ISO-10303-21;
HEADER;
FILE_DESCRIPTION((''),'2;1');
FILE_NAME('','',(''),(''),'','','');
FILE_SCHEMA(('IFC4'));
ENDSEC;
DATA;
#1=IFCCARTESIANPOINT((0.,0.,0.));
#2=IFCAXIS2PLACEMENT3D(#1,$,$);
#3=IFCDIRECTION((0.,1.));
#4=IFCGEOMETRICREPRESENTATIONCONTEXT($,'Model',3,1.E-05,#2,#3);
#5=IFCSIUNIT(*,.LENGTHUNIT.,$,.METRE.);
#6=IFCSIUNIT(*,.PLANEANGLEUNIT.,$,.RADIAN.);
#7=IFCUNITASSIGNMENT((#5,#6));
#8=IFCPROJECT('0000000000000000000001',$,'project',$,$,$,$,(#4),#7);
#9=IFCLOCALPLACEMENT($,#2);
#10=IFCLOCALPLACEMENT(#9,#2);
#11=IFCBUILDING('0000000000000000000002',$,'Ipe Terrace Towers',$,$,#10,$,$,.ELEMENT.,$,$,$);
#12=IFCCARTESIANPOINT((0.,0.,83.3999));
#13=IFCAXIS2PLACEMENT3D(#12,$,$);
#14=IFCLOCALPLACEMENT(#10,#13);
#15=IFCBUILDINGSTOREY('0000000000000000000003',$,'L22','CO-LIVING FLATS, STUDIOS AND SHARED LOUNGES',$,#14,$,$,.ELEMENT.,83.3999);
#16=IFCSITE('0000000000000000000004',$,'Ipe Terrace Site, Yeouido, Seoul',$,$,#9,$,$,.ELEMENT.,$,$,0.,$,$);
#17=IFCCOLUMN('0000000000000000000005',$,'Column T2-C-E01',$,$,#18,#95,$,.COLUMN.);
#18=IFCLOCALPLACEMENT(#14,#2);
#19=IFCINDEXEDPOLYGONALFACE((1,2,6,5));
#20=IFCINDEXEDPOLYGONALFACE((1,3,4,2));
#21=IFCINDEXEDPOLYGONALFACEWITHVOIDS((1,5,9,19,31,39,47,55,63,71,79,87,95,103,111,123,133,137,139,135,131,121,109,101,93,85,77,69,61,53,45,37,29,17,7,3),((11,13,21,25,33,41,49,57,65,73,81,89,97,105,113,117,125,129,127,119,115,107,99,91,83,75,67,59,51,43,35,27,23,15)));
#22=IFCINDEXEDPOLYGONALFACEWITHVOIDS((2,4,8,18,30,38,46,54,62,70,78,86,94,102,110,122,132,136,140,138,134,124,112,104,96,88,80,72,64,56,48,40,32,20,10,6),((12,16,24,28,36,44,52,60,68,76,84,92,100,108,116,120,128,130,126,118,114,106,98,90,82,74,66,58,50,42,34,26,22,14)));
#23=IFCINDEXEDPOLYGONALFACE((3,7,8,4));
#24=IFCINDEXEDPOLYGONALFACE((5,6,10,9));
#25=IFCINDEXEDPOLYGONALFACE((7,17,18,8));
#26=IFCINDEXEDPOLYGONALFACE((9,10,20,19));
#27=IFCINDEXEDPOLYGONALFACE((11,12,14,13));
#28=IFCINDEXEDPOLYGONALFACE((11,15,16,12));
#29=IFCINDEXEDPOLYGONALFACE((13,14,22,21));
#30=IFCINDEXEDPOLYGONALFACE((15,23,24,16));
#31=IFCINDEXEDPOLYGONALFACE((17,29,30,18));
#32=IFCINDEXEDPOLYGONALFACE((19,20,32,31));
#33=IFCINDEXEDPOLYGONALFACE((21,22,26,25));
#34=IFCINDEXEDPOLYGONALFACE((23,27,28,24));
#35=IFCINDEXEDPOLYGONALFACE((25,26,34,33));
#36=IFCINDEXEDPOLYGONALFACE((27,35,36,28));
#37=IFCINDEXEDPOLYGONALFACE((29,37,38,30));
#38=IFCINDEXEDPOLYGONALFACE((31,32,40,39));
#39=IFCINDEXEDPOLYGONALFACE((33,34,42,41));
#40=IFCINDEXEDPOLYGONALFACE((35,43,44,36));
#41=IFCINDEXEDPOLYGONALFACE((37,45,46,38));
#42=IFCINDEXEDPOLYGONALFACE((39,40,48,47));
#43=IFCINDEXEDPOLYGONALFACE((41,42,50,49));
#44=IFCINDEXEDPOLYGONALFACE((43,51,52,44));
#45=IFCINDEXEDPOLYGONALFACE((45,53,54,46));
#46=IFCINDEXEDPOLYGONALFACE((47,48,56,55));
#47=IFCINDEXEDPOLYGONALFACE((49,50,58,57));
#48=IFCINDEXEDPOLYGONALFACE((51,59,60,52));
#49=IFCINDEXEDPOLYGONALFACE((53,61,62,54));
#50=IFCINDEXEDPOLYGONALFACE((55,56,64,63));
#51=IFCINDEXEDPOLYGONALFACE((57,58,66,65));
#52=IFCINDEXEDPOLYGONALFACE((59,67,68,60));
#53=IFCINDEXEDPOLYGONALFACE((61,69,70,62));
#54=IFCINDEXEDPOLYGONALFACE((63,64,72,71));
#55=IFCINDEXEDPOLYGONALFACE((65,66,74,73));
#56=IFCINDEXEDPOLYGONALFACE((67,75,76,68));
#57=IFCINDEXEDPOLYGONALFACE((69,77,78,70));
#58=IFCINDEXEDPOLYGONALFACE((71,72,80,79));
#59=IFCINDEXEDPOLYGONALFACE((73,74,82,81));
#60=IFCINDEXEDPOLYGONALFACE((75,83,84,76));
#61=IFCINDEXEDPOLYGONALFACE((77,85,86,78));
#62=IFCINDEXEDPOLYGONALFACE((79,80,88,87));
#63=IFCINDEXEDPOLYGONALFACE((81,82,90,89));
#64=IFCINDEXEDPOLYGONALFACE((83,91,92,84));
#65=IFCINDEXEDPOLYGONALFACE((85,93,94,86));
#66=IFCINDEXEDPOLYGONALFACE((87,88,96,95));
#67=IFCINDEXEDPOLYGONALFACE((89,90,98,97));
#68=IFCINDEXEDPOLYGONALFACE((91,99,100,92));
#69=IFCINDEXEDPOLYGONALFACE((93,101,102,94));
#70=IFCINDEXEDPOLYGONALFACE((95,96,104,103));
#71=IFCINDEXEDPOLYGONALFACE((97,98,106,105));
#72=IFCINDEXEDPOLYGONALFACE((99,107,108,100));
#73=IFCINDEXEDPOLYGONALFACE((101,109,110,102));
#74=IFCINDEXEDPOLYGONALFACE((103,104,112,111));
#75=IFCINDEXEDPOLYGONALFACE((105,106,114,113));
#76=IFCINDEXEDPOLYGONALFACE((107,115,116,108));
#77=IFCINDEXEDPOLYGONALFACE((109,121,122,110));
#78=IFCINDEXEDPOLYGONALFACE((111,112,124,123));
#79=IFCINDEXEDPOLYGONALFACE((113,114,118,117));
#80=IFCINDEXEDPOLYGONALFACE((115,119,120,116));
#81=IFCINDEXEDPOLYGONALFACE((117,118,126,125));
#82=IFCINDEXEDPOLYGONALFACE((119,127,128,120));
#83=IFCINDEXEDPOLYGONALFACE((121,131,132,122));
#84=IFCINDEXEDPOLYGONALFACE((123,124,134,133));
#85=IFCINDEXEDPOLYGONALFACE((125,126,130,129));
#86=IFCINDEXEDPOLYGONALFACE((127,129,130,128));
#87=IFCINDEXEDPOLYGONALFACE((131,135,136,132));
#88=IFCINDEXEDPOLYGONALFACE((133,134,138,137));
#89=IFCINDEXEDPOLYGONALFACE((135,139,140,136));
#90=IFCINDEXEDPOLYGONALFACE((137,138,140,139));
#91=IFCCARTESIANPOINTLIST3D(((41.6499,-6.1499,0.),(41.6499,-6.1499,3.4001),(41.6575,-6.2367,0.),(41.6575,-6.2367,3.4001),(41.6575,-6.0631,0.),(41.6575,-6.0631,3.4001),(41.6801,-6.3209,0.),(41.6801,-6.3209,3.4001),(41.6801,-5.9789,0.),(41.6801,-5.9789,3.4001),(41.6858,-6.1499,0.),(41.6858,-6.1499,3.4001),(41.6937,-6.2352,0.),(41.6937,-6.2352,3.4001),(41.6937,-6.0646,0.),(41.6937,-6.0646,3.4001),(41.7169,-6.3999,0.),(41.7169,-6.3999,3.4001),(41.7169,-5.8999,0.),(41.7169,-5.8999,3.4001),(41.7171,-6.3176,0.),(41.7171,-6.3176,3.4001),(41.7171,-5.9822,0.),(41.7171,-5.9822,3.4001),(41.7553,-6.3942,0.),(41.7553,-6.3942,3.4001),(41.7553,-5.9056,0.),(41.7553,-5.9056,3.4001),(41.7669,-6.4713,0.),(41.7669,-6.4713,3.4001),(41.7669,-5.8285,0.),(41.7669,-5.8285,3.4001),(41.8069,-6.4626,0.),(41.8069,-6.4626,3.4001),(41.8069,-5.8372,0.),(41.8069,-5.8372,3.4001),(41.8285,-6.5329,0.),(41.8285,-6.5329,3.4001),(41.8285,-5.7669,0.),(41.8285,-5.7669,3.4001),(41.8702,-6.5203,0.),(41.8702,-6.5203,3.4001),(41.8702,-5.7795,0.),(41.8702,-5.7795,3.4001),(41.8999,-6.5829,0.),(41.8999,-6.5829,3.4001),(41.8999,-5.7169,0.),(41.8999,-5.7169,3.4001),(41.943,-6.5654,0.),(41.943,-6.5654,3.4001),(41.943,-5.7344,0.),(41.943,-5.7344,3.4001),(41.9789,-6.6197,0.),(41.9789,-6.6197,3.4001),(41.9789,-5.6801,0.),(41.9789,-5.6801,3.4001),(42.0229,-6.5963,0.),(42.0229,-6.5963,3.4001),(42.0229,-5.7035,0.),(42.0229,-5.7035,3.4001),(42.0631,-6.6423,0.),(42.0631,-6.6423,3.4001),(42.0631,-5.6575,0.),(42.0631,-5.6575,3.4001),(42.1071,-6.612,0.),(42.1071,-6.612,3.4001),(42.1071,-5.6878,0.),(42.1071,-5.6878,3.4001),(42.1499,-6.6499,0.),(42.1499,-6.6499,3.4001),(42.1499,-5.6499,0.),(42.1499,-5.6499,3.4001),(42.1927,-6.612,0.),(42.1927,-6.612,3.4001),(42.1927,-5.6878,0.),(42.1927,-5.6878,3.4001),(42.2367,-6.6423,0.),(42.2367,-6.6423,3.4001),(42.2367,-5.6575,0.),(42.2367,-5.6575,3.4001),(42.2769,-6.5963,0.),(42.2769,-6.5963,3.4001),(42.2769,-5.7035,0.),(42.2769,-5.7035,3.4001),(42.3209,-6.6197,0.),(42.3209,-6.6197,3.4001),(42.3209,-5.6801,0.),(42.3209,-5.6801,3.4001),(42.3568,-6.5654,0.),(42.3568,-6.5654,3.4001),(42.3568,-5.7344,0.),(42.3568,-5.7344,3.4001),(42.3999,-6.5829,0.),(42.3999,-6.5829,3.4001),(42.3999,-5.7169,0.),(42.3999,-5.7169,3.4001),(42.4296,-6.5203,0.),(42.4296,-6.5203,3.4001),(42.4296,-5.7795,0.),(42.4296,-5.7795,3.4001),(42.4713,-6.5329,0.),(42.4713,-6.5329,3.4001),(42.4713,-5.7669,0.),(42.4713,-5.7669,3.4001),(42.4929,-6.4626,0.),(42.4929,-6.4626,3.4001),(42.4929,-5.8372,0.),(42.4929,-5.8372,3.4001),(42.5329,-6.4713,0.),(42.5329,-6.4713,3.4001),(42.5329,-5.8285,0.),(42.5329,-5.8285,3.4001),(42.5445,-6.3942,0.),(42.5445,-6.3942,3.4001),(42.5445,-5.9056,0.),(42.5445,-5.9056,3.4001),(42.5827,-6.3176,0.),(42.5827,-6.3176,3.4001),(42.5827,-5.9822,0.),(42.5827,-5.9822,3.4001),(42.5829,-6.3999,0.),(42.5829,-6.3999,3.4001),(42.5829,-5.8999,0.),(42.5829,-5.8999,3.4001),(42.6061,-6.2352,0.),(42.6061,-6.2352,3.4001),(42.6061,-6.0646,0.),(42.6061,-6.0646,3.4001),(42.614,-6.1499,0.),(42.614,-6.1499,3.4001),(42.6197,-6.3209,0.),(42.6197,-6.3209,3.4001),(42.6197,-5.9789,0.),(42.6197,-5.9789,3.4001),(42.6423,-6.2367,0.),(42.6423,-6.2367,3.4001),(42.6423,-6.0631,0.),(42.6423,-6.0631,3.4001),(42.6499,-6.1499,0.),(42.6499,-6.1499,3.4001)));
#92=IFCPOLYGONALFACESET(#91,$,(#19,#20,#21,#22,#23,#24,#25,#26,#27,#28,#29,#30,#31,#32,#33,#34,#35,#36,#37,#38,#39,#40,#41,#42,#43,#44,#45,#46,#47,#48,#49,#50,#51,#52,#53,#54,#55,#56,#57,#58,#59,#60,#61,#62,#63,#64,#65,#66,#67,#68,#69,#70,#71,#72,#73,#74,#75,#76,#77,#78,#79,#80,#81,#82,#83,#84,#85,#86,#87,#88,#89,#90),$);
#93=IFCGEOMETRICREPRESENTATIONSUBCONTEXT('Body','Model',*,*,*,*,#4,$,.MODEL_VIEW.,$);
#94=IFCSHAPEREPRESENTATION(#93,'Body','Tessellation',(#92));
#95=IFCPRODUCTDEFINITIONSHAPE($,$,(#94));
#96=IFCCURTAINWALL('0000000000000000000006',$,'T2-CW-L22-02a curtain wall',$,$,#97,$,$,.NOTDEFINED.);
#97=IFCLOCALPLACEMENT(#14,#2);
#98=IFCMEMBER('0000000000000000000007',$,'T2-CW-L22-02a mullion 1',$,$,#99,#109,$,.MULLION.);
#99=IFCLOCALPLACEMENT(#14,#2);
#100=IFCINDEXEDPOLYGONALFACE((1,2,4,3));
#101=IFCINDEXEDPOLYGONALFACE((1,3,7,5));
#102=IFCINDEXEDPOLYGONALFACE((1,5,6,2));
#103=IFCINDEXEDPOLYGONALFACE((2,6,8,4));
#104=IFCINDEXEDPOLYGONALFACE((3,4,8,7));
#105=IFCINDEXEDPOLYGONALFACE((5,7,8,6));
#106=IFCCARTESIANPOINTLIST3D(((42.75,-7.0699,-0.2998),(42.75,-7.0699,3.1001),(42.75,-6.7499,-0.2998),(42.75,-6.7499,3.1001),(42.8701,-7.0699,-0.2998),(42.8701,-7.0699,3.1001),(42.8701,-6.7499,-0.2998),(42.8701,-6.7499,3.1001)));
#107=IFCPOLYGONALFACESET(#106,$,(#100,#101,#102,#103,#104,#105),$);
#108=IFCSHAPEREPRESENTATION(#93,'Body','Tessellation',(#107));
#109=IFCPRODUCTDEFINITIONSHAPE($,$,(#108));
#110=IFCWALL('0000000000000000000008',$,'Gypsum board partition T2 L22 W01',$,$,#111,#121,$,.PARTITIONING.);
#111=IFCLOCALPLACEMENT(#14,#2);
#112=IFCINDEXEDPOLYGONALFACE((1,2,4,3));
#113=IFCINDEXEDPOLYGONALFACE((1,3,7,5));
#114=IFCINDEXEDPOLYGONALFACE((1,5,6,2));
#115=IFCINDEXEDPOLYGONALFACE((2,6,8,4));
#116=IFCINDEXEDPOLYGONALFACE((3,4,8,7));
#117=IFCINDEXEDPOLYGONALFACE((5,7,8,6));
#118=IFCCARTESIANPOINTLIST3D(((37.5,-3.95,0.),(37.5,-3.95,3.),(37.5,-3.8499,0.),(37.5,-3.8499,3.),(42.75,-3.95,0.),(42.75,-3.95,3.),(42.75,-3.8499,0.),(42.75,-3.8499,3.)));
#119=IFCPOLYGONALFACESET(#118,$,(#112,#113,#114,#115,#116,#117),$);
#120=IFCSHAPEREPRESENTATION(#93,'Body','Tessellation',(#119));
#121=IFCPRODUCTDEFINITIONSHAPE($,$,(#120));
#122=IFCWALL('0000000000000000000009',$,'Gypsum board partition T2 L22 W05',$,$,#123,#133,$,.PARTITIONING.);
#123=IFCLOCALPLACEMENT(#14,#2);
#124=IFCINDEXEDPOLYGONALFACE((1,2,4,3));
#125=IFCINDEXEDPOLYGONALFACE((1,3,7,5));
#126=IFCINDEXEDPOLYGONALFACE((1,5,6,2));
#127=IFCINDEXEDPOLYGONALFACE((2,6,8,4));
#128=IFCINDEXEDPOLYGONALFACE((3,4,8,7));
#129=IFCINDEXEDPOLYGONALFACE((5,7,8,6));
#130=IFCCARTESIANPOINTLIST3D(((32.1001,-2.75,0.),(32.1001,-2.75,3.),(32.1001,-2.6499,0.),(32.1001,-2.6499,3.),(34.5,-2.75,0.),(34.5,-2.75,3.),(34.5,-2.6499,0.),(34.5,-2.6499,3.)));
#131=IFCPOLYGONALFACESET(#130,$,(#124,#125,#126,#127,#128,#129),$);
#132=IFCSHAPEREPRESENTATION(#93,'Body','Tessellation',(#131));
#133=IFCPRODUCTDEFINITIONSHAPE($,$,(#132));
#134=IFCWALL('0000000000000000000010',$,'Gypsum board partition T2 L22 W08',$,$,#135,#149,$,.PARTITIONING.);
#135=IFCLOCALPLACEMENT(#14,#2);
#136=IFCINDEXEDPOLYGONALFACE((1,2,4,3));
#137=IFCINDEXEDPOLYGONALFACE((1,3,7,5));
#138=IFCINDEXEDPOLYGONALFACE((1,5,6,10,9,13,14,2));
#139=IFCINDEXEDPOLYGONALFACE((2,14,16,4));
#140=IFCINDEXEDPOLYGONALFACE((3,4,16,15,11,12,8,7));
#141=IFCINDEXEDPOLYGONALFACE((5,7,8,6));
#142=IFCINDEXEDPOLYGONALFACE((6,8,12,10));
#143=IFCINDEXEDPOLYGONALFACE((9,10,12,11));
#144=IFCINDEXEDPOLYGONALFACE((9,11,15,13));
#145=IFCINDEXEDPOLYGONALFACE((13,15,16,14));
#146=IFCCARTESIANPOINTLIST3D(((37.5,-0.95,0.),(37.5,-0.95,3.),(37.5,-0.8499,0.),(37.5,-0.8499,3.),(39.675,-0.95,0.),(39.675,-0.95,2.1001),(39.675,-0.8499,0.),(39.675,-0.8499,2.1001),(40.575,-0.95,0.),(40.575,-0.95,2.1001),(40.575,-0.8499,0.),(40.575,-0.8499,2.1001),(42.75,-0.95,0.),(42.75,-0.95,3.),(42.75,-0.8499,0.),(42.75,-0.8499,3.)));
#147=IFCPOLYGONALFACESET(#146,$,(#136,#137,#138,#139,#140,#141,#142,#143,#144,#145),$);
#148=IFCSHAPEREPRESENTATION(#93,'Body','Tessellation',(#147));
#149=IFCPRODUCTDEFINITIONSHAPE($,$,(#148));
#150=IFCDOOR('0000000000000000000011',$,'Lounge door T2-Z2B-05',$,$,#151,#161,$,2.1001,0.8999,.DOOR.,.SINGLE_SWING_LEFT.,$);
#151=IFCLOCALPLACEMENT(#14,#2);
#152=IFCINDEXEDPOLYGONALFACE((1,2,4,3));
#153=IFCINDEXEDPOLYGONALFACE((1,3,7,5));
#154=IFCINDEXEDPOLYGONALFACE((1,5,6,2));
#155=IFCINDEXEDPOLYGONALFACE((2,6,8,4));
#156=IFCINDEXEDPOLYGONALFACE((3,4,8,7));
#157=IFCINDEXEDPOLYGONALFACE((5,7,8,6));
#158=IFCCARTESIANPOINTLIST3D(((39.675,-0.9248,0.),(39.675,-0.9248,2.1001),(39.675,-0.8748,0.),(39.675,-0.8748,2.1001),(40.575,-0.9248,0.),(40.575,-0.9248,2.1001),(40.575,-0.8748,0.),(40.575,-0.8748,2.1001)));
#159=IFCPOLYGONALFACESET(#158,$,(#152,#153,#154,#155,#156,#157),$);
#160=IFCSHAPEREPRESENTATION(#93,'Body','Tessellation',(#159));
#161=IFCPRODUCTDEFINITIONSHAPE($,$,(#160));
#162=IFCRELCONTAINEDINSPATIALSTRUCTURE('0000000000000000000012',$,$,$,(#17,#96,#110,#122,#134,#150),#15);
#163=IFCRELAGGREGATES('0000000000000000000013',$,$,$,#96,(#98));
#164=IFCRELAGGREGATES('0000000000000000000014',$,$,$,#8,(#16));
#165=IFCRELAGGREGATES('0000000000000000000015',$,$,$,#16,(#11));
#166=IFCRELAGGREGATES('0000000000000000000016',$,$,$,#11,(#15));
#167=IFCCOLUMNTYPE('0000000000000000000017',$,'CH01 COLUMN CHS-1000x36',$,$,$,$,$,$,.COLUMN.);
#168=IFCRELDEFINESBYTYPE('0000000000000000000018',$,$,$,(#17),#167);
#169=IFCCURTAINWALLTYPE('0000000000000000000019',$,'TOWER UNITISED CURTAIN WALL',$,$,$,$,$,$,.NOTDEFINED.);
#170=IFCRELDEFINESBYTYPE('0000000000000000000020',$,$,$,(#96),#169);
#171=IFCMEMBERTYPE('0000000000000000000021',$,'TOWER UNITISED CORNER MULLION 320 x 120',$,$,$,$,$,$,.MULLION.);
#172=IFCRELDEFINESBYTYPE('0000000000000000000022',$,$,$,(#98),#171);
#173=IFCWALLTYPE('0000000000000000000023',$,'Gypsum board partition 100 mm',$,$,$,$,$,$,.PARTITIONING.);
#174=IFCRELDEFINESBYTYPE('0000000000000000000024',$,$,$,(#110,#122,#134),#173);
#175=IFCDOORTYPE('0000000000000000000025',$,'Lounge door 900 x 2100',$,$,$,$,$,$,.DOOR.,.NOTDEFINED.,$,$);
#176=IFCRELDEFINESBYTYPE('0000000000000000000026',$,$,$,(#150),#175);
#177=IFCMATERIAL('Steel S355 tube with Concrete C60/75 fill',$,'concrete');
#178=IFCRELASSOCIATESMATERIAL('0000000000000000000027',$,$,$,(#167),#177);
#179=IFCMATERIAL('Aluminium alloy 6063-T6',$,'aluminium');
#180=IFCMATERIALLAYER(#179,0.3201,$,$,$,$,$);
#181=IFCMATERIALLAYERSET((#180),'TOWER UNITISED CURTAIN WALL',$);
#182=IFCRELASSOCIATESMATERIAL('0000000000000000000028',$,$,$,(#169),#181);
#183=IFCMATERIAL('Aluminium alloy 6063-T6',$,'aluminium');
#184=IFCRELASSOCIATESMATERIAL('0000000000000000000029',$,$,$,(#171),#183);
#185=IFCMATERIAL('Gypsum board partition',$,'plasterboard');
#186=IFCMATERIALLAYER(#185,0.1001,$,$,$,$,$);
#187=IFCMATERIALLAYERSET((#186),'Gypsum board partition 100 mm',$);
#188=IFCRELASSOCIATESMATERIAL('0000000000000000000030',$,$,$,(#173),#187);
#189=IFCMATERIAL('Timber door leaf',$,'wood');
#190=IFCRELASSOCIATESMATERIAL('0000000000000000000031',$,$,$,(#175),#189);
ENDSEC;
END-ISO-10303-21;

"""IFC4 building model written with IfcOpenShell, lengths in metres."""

from ifc_helpers import new_model, si_unit, direction, frame, frame_2d, origin, origin_2d, place, context, subcontext, project, spatial, rectangle, hollow_circle, extrude, material, layer, layer_set, material_profile, profile_set, type_object, element, fill, aggregate, save


model = new_model("IFC4")

# Units and contexts
model_context = context("Model", 3, precision=1e-05, world=origin(), true_north=direction((0.0, 1.0)))
body_context = subcontext(model_context, "Body", "Model", "MODEL_VIEW")
ifc_project = project(units=[si_unit("LENGTHUNIT", "METRE"), si_unit("PLANEANGLEUNIT", "RADIAN")], contexts=[model_context])

# Site, building, storey
site_placement = place(None, origin())
site = spatial("IfcSite", under=ifc_project, at=site_placement, Name="Ipe Terrace Site, Yeouido, Seoul", CompositionType="ELEMENT", RefElevation=0.0)
building_placement = place(site_placement, origin())
building = spatial("IfcBuilding", under=site, at=building_placement, Name="Ipe Terrace Towers", CompositionType="ELEMENT")
storey_placement = place(building_placement, frame((0.0, 0.0, 83.3999)))
storey = spatial("IfcBuildingStorey", under=building, at=storey_placement, Name="L22", Description="CO-LIVING FLATS, STUDIOS AND SHARED LOUNGES", CompositionType="ELEMENT", Elevation=83.3999)

# Column
ifc_material_1 = material(Name="Steel S355 tube with Concrete C60/75 fill", Category="concrete")
ifc_material_profile_1 = material_profile(ifc_material_1, hollow_circle(Radius=0.5, WallThickness=0.0359, at=origin_2d()), Name="CHS-1000x36")
ifc_profile_set_1 = profile_set([ifc_material_profile_1], Name="Steel S355 tube with Concrete C60/75 fill")
column_type = type_object("IfcColumnType", Name="CH01 COLUMN CHS-1000x36", PredefinedType="COLUMN", material=ifc_profile_set_1)
column_placement = place(storey_placement, frame((42.1499, -6.1499, 0.0), z_axis=(0.0, 0.0, 1.0), x_axis=(1.0, 0.0, 0.0)))
element("IfcColumn", 1, at=column_placement, inside=storey, type_object=column_type, Name="Column T2-C-E01", PredefinedType="COLUMN", context=body_context, shape_type="SweptSolid", body=[
    extrude(hollow_circle(Radius=0.5, WallThickness=0.0359, at=origin_2d()), origin(), (0.0, 0.0, 1.0), 3.4001),
])

# Curtain wall, member
ifc_material_2 = material(Name="Aluminium alloy 6063-T6", Category="aluminium")
ifc_layer_1 = layer(ifc_material_2, 0.3201)
ifc_layer_set_1 = layer_set([ifc_layer_1], Name="TOWER UNITISED CURTAIN WALL")
curtain_wall_type = type_object("IfcCurtainWallType", Name="TOWER UNITISED CURTAIN WALL", PredefinedType="NOTDEFINED", material=ifc_layer_set_1)
curtain_wall_placement = place(storey_placement, origin())
curtain_wall = element("IfcCurtainWall", 2, at=curtain_wall_placement, inside=storey, type_object=curtain_wall_type, Name="T2-CW-L22-02a curtain wall", PredefinedType="NOTDEFINED")
ifc_material_3 = material(Name="Aluminium alloy 6063-T6", Category="aluminium")
ifc_material_profile_2 = material_profile(ifc_material_3, rectangle(XDim=0.3201, YDim=0.1201, at=origin_2d()), Name="TOWER UNITISED CORNER MULLION 320 x 120")
ifc_profile_set_2 = profile_set([ifc_material_profile_2], Name="Aluminium alloy 6063-T6")
member_type = type_object("IfcMemberType", Name="TOWER UNITISED CORNER MULLION 320 x 120", PredefinedType="MULLION", material=ifc_profile_set_2)
member_placement = place(storey_placement, frame((42.8101, -6.9099, -0.2998), z_axis=(0.0, 0.0, 1.0), x_axis=(0.0, -1.0, 0.0)))
member = element("IfcMember", 3, at=member_placement, type_object=member_type, Name="T2-CW-L22-02a mullion 1", PredefinedType="MULLION", context=body_context, shape_type="SweptSolid", body=[
    extrude(rectangle(XDim=0.3201, YDim=0.1201, at=origin_2d()), origin(), (0.0, 0.0, 1.0), 3.3999),
])
aggregate(curtain_wall, [member])

# Walls
ifc_material_4 = material(Name="Gypsum board partition", Category="plasterboard")
ifc_layer_2 = layer(ifc_material_4, 0.1001)
ifc_layer_set_2 = layer_set([ifc_layer_2], Name="Gypsum board partition 100 mm")
wall_type_1 = type_object("IfcWallType", Name="Gypsum board partition 100 mm", PredefinedType="PARTITIONING", material=ifc_layer_set_2)
wall_1_placement = place(storey_placement, frame((42.75, -3.8999, 0.0), z_axis=(0.0, 0.0, 1.0), x_axis=(-1.0, 0.0, 0.0)))
element("IfcWall", 4, at=wall_1_placement, inside=storey, type_object=wall_type_1, Name="Gypsum board partition T2 L22 W01", PredefinedType="PARTITIONING", context=body_context, shape_type="SweptSolid", body=[
    extrude(rectangle(XDim=5.25, YDim=0.1001, at=frame_2d((2.625, 0.0))), origin(), (0.0, 0.0, 1.0), 3.0),
])
wall_2_placement = place(storey_placement, frame((34.5, -2.7, 0.0), z_axis=(0.0, 0.0, 1.0), x_axis=(-1.0, 0.0, 0.0)))
element("IfcWall", 5, at=wall_2_placement, inside=storey, type_object=wall_type_1, Name="Gypsum board partition T2 L22 W05", PredefinedType="PARTITIONING", context=body_context, shape_type="SweptSolid", body=[
    extrude(rectangle(XDim=2.3999, YDim=0.1001, at=frame_2d((1.2, 0.0))), origin(), (0.0, 0.0, 1.0), 3.0),
])

# Wall, opening, door
wall_3_placement = place(storey_placement, frame((42.75, -0.8999, 0.0), z_axis=(0.0, 0.0, 1.0), x_axis=(-1.0, 0.0, 0.0)))
wall_3 = element("IfcWall", 6, at=wall_3_placement, inside=storey, type_object=wall_type_1, Name="Gypsum board partition T2 L22 W08", PredefinedType="PARTITIONING", context=body_context, shape_type="SweptSolid", body=[
    extrude(rectangle(XDim=5.25, YDim=0.1001, at=frame_2d((2.625, 0.0))), origin(), (0.0, 0.0, 1.0), 3.0),
])
opening_1_placement = place(wall_3_placement, frame((2.175, 0.0, 0.0)))
opening_1 = element("IfcOpeningElement", 7, at=opening_1_placement, cuts=wall_3, PredefinedType="OPENING", context=body_context, shape_type="SweptSolid", body=[
    extrude(rectangle(XDim=0.8999, YDim=2.1001, at=frame_2d((0.45, 1.05))), frame((0.0, 0.0601, 0.0), z_axis=(0.0, -1.0, 0.0), x_axis=(1.0, 0.0, 0.0)), (0.0, 0.0, 1.0), 0.1201),
])
ifc_material_5 = material(Name="Timber door leaf", Category="wood")
door_type_1 = type_object("IfcDoorType", Name="Lounge door 900 x 2100", OperationType="NOTDEFINED", PredefinedType="DOOR", material=ifc_material_5)
door_1_placement = place(opening_1_placement, origin())
door_1 = element("IfcDoor", 8, at=door_1_placement, inside=storey, type_object=door_type_1, Name="Lounge door T2-Z2B-05", OperationType="SINGLE_SWING_LEFT", OverallHeight=2.1001, OverallWidth=0.8999, PredefinedType="DOOR", context=body_context, shape_type="SweptSolid", body=[
    extrude(rectangle(XDim=0.8999, YDim=2.1001, at=frame_2d((0.45, 1.05))), frame((0.0, 0.0249, 0.0), z_axis=(0.0, -1.0, 0.0), x_axis=(1.0, 0.0, 0.0)), (0.0, 0.0, 1.0), 0.05),
])
fill(opening_1, door_1)

save(model, "model.ifc")
